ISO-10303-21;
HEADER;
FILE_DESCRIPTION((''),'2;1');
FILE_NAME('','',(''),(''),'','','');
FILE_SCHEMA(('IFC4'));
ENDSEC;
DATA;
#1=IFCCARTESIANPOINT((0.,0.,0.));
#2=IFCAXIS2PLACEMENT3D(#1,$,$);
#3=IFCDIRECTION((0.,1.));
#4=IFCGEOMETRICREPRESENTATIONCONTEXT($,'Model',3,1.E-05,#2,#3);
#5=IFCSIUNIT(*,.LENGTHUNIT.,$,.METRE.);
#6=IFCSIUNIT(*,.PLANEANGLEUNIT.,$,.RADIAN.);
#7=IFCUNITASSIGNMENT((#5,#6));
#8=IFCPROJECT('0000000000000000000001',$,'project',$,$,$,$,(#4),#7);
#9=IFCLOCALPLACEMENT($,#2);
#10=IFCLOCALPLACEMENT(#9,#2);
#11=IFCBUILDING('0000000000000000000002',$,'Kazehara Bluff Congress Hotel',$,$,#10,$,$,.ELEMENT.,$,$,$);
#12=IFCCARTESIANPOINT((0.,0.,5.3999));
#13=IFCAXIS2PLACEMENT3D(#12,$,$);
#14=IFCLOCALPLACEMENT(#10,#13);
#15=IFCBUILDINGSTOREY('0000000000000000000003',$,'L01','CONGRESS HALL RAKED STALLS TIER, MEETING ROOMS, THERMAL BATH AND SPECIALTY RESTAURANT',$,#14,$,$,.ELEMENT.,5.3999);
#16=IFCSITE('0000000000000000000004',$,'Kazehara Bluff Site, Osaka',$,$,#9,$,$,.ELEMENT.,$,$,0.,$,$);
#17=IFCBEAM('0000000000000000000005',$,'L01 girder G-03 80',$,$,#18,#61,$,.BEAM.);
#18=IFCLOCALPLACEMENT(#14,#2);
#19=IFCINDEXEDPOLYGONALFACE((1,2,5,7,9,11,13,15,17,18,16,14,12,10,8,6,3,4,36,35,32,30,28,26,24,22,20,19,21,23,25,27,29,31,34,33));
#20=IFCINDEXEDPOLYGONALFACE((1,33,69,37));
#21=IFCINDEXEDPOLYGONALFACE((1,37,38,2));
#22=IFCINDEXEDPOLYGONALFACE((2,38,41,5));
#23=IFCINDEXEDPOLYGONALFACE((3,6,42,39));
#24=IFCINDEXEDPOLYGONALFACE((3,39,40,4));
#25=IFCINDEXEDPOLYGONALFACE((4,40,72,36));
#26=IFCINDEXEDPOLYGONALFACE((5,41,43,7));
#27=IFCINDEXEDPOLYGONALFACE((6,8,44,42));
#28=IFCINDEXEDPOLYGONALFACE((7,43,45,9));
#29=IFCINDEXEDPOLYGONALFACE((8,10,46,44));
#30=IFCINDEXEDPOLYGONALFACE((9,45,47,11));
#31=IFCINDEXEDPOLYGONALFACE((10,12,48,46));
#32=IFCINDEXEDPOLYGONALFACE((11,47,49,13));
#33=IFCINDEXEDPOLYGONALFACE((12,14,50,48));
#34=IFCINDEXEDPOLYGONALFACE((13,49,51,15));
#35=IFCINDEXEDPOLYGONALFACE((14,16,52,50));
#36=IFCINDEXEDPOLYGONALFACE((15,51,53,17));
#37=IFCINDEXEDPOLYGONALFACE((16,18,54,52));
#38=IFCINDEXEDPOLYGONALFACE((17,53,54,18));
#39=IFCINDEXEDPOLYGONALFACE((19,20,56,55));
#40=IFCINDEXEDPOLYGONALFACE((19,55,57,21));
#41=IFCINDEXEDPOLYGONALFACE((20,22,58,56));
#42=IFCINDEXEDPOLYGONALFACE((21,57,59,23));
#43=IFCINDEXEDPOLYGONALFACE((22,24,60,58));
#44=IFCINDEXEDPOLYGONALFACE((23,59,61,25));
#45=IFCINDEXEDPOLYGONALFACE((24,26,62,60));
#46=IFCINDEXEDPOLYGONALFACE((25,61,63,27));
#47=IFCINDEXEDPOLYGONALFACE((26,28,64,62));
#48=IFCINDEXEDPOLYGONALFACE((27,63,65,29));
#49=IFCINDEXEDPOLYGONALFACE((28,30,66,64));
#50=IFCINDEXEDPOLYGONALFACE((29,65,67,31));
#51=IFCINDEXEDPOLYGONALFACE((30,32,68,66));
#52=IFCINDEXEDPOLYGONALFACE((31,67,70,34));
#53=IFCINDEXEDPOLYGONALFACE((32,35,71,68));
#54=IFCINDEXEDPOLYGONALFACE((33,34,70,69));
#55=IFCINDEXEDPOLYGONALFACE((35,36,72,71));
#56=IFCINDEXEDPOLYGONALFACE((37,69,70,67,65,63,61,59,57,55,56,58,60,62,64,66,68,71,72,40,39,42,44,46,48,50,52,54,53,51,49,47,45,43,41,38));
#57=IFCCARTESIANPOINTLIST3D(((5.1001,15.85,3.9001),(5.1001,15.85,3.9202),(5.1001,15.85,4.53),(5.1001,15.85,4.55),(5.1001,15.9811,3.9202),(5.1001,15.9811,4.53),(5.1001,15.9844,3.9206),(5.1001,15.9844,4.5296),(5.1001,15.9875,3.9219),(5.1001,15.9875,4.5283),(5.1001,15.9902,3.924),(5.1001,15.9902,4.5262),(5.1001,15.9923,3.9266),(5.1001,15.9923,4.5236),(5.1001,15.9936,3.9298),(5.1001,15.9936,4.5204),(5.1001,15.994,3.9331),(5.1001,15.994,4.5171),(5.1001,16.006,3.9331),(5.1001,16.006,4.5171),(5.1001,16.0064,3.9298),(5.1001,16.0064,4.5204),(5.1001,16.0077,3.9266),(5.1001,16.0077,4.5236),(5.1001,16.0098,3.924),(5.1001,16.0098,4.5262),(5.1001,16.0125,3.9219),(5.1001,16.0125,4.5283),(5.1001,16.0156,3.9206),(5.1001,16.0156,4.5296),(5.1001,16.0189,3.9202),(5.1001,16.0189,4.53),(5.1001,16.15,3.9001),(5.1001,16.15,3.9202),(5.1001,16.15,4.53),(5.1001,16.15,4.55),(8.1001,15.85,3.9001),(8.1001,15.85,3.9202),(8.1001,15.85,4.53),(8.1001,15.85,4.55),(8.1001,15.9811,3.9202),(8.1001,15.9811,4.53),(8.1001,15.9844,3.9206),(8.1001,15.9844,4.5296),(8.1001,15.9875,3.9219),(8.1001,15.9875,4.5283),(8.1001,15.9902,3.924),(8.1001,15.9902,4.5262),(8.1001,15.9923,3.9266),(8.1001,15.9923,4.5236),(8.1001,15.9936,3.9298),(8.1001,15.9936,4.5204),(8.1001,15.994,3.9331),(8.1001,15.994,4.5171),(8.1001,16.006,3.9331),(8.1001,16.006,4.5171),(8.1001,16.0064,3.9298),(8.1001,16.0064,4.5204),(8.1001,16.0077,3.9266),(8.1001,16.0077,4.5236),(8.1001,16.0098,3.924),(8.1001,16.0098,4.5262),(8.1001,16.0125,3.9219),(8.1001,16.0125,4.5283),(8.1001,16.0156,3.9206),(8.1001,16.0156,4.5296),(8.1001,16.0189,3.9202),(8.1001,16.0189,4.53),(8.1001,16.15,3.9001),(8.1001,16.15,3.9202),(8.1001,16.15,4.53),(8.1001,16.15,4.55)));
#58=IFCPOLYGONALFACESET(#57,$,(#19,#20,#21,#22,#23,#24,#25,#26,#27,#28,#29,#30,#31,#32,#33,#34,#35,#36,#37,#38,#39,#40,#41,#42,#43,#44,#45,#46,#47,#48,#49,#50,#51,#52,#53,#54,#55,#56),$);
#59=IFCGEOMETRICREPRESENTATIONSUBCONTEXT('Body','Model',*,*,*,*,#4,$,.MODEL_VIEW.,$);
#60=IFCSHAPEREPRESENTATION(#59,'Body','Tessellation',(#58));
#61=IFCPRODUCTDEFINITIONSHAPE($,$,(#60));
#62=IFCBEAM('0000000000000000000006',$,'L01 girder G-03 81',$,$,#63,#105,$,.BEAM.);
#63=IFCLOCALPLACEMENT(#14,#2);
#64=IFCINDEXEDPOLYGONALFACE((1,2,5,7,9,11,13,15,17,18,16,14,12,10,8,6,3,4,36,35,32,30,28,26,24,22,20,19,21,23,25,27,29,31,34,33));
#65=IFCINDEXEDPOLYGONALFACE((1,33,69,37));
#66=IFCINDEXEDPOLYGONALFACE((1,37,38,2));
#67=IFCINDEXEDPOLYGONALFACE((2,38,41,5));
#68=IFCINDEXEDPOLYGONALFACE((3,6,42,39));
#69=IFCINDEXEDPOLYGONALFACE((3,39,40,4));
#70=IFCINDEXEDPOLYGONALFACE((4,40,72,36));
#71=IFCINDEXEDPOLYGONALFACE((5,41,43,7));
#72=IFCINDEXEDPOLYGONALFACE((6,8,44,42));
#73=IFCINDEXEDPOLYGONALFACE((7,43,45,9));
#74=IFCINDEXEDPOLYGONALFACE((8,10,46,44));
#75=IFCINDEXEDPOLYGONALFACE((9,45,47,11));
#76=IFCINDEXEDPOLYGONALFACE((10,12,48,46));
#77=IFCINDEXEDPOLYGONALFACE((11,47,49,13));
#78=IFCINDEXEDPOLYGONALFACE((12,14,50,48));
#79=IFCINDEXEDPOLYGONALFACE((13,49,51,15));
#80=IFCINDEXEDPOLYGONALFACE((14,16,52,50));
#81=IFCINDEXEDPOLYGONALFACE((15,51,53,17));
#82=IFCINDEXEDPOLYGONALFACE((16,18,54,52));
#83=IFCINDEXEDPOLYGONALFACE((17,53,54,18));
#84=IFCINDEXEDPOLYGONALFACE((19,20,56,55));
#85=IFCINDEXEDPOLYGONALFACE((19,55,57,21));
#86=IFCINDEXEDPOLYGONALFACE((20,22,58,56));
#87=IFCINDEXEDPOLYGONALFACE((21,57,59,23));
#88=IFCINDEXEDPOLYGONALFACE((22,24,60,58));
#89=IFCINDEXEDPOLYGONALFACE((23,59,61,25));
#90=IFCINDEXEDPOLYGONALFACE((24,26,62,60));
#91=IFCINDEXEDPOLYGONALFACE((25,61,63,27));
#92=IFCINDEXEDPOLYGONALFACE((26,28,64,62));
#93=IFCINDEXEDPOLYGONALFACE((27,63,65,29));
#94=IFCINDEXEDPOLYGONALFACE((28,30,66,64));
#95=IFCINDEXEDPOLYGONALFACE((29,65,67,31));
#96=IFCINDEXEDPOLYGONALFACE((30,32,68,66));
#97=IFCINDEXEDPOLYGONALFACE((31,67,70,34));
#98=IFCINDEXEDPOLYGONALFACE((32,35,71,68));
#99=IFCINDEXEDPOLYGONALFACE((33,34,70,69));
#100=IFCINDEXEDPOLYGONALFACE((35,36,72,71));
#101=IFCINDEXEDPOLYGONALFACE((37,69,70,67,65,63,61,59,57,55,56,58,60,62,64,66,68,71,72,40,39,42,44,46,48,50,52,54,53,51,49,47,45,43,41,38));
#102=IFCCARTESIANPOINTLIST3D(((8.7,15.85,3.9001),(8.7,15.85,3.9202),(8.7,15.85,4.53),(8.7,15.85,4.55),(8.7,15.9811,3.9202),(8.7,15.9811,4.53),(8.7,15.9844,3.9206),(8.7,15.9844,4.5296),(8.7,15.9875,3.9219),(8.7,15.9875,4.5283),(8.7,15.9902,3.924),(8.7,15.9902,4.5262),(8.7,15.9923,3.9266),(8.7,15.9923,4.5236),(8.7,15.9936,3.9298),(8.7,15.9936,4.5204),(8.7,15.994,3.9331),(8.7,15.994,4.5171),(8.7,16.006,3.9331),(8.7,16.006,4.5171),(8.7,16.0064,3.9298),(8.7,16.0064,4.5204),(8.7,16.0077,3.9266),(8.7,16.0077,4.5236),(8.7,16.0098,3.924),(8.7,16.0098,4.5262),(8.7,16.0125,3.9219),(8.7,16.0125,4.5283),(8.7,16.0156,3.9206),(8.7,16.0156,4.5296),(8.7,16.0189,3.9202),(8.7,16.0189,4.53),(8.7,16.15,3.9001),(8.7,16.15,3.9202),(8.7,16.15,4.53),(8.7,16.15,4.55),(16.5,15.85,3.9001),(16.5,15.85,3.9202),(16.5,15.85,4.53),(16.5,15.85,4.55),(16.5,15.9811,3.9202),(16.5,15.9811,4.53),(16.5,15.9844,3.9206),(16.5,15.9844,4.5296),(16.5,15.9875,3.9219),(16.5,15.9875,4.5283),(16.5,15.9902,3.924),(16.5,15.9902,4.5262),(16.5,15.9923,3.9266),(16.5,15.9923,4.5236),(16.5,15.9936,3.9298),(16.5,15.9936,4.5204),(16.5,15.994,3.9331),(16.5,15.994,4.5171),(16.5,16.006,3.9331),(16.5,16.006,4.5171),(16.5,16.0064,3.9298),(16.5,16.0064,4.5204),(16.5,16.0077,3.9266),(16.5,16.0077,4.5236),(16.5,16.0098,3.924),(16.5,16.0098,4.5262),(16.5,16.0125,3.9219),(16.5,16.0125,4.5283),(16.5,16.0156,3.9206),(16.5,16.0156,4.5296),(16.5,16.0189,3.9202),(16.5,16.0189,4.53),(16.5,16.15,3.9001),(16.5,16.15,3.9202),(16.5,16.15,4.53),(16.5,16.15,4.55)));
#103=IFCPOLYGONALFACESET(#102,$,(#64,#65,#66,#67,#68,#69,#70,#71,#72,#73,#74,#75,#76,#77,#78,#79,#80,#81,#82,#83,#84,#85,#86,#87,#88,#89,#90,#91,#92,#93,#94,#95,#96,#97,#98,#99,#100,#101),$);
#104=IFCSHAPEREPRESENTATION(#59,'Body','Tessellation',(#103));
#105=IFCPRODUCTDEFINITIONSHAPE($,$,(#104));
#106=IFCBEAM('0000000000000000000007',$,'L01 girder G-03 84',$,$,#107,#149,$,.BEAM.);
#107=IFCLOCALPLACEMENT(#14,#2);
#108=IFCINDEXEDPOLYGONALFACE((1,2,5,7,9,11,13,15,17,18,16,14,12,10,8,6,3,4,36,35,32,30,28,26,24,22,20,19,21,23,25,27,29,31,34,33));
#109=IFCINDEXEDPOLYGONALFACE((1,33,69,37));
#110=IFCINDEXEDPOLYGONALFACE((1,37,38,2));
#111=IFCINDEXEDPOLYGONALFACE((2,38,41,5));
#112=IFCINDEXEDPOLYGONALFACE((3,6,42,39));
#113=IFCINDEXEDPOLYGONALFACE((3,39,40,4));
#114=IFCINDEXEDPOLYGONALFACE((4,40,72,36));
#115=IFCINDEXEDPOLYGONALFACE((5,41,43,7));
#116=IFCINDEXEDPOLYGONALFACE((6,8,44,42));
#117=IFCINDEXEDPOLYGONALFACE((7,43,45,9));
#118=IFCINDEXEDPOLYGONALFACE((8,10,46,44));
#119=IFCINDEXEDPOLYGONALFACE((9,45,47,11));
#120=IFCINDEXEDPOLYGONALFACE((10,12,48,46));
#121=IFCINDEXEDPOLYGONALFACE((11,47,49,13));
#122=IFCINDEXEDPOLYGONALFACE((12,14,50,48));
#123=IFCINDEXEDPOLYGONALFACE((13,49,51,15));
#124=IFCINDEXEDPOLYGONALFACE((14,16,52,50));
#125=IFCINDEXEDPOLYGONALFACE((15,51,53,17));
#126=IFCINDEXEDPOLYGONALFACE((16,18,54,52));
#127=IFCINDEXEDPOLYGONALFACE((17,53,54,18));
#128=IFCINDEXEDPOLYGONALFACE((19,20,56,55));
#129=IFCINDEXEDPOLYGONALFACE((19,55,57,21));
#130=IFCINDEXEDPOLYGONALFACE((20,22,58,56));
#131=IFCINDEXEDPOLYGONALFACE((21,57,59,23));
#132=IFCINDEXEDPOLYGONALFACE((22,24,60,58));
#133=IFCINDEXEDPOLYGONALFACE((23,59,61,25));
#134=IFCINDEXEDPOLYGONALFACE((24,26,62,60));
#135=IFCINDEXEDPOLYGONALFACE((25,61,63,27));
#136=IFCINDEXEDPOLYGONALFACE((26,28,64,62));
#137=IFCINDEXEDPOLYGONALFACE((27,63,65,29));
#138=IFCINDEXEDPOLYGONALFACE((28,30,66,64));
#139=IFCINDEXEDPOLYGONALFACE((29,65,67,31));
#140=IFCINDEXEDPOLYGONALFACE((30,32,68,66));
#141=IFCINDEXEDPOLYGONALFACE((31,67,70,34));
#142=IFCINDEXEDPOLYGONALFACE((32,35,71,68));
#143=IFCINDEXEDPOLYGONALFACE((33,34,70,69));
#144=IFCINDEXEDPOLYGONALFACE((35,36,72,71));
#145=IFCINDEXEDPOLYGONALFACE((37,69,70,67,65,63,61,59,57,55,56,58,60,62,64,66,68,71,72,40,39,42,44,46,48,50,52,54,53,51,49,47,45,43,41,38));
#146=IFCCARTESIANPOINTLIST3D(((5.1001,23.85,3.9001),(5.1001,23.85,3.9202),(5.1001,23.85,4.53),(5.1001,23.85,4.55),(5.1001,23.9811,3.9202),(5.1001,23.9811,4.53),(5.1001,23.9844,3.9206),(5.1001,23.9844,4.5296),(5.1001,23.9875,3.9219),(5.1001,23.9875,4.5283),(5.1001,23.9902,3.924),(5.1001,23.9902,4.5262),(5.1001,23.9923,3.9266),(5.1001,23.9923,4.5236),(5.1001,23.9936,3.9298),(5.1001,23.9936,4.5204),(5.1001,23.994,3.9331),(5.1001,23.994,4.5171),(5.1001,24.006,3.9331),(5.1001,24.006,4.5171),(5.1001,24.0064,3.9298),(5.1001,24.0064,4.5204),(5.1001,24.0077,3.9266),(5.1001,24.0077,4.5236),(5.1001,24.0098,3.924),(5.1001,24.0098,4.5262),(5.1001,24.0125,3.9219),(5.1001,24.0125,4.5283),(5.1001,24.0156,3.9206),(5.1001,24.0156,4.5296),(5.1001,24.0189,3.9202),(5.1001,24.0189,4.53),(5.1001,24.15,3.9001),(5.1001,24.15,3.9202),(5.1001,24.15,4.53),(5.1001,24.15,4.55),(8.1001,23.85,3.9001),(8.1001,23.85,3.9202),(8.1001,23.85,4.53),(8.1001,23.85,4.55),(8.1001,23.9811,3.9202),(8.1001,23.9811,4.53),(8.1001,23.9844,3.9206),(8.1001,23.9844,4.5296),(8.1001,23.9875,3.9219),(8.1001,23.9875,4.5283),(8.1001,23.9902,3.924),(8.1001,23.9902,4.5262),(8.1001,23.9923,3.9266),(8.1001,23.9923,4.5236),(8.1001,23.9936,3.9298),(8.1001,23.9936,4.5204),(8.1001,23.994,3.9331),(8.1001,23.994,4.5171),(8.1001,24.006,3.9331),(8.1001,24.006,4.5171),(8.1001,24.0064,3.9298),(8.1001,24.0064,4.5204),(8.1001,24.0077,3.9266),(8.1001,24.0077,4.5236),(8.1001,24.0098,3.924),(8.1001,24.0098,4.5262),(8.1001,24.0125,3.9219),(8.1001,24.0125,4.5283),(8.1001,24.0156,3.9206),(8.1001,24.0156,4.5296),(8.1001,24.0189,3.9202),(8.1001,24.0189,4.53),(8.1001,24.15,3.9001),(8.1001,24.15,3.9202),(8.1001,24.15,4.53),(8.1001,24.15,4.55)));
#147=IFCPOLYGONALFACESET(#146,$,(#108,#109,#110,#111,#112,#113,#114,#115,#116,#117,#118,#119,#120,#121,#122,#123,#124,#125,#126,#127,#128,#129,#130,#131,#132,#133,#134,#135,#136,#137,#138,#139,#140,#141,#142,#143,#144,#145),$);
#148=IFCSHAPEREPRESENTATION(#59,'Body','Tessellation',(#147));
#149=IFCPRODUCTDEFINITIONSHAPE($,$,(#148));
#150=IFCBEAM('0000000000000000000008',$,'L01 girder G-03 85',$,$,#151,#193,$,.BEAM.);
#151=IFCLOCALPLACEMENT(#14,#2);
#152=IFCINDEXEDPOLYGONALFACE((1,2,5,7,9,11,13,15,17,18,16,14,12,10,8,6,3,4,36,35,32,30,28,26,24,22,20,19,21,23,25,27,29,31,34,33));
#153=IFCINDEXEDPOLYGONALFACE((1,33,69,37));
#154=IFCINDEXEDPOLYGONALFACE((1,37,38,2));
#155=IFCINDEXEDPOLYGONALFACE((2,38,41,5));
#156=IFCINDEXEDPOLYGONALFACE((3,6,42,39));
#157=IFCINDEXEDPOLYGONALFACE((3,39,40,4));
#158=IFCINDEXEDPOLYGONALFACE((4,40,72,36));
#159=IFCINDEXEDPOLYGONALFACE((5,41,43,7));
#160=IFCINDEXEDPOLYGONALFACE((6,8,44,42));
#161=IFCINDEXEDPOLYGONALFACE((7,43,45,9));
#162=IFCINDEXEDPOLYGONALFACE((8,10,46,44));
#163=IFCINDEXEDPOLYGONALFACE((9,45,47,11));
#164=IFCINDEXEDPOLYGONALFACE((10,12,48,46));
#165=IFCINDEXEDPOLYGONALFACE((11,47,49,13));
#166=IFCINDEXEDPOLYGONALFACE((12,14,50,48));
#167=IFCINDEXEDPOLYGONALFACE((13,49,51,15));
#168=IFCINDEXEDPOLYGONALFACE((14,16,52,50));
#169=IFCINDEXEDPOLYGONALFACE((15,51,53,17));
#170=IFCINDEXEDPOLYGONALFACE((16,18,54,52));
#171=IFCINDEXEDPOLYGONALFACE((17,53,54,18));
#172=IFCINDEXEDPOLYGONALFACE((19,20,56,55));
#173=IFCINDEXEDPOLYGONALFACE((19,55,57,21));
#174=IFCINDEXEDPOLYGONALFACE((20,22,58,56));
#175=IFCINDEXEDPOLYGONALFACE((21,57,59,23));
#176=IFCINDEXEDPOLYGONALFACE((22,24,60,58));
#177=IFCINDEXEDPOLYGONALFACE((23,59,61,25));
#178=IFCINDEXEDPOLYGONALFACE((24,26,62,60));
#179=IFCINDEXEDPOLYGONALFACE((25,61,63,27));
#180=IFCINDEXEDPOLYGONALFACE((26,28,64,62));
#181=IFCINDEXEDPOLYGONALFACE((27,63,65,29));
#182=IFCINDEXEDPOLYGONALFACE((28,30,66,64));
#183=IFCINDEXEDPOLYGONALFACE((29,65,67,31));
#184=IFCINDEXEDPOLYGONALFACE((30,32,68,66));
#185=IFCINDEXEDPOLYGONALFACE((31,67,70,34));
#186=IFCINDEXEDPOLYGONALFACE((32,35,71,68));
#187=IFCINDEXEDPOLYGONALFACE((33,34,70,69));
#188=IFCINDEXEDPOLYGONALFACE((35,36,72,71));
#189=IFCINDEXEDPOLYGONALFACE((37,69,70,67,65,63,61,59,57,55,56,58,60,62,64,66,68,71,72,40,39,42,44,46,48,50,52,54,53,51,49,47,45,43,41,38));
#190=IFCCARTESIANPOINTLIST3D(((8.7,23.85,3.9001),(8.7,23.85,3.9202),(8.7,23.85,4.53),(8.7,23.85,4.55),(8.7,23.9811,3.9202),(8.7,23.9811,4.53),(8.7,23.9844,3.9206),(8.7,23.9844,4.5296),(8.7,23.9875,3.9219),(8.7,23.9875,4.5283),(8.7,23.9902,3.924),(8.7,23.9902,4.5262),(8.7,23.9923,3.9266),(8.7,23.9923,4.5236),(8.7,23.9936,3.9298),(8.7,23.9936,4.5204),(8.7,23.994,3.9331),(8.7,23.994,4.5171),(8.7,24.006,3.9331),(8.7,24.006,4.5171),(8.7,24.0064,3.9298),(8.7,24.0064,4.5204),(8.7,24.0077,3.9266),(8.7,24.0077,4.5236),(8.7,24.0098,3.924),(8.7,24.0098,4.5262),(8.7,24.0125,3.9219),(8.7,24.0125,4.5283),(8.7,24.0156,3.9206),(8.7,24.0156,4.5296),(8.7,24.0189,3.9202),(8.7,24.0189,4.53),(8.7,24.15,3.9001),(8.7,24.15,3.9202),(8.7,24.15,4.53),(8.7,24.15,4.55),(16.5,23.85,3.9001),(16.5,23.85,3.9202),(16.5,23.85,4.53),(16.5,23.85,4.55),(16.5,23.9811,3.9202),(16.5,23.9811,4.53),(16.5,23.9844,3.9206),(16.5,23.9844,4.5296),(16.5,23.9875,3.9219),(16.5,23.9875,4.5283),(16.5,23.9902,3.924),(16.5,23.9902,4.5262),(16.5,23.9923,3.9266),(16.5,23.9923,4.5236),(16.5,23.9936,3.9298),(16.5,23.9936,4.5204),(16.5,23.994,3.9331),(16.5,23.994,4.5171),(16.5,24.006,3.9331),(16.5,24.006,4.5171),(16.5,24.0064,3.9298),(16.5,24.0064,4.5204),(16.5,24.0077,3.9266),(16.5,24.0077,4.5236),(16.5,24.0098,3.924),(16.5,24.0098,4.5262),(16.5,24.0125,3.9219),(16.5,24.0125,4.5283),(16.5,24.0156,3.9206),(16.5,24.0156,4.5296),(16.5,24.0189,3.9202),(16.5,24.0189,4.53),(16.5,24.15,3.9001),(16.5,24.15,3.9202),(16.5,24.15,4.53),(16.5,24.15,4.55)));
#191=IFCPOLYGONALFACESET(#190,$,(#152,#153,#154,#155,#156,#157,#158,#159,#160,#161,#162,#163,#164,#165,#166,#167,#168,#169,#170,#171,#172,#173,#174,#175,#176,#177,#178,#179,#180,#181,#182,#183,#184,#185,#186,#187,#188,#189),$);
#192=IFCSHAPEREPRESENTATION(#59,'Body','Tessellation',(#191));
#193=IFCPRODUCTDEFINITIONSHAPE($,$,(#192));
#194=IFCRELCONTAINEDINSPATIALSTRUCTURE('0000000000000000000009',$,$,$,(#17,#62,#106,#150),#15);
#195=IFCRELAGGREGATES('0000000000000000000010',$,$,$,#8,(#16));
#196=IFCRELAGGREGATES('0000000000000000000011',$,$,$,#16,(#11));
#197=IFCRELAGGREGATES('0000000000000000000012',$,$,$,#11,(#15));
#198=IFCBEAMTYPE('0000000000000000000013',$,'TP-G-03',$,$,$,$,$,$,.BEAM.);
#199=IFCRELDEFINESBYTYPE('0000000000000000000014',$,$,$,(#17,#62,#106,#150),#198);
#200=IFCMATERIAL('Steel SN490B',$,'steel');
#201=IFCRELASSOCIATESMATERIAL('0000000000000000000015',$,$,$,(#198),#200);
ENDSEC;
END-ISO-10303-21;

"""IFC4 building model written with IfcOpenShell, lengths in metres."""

from ifc_helpers import new_model, si_unit, direction, frame, origin, origin_2d, place, context, subcontext, project, spatial, i_section, extrude, material, material_profile, profile_set, type_object, element, save


model = new_model("IFC4")

# Units and contexts
model_context = context("Model", 3, precision=1e-05, world=origin(), true_north=direction((0.0, 1.0)))
body_context = subcontext(model_context, "Body", "Model", "MODEL_VIEW")
ifc_project = project(units=[si_unit("LENGTHUNIT", "METRE"), si_unit("PLANEANGLEUNIT", "RADIAN")], contexts=[model_context])

# Site, building, storey
site_placement = place(None, origin())
site = spatial("IfcSite", under=ifc_project, at=site_placement, Name="Kazehara Bluff Site, Osaka", CompositionType="ELEMENT", RefElevation=0.0)
building_placement = place(site_placement, origin())
building = spatial("IfcBuilding", under=site, at=building_placement, Name="Kazehara Bluff Congress Hotel", CompositionType="ELEMENT")
storey_placement = place(building_placement, frame((0.0, 0.0, 5.3999)))
storey = spatial("IfcBuildingStorey", under=building, at=storey_placement, Name="L01", Description="CONGRESS HALL RAKED STALLS TIER, MEETING ROOMS, THERMAL BATH AND SPECIALTY RESTAURANT", CompositionType="ELEMENT", Elevation=5.3999)

# Beams
ifc_material_1 = material(Name="Steel SN490B", Category="steel")
ifc_material_profile_1 = material_profile(ifc_material_1, i_section(OverallWidth=0.3, OverallDepth=0.6499, WebThickness=0.012, FlangeThickness=0.02, FilletRadius=0.0129, at=origin_2d()))
ifc_profile_set_1 = profile_set([ifc_material_profile_1], Name="Steel SN490B")
beam_type_1 = type_object("IfcBeamType", Name="TP-G-03", PredefinedType="BEAM", material=ifc_profile_set_1)
beam_1_placement = place(storey_placement, frame((5.1001, 16.0, 4.2251), z_axis=(1.0, 0.0, 0.0), x_axis=(0.0, 1.0, 0.0)))
element("IfcBeam", 1, at=beam_1_placement, inside=storey, type_object=beam_type_1, Name="L01 girder G-03 80", PredefinedType="BEAM", context=body_context, shape_type="SweptSolid", body=[
    extrude(i_section(OverallWidth=0.3, OverallDepth=0.6499, WebThickness=0.012, FlangeThickness=0.02, FilletRadius=0.0129, at=origin_2d()), origin(), (0.0, 0.0, 1.0), 3.0),
])
beam_2_placement = place(storey_placement, frame((8.7, 16.0, 4.2251), z_axis=(1.0, 0.0, 0.0), x_axis=(0.0, 1.0, 0.0)))
element("IfcBeam", 2, at=beam_2_placement, inside=storey, type_object=beam_type_1, Name="L01 girder G-03 81", PredefinedType="BEAM", context=body_context, shape_type="SweptSolid", body=[
    extrude(i_section(OverallWidth=0.3, OverallDepth=0.6499, WebThickness=0.012, FlangeThickness=0.02, FilletRadius=0.0129, at=origin_2d()), origin(), (0.0, 0.0, 1.0), 7.8),
])
beam_3_placement = place(storey_placement, frame((5.1001, 24.0, 4.2251), z_axis=(1.0, 0.0, 0.0), x_axis=(0.0, 1.0, 0.0)))
element("IfcBeam", 3, at=beam_3_placement, inside=storey, type_object=beam_type_1, Name="L01 girder G-03 84", PredefinedType="BEAM", context=body_context, shape_type="SweptSolid", body=[
    extrude(i_section(OverallWidth=0.3, OverallDepth=0.6499, WebThickness=0.012, FlangeThickness=0.02, FilletRadius=0.0129, at=origin_2d()), origin(), (0.0, 0.0, 1.0), 3.0),
])
beam_4_placement = place(storey_placement, frame((8.7, 24.0, 4.2251), z_axis=(1.0, 0.0, 0.0), x_axis=(0.0, 1.0, 0.0)))
element("IfcBeam", 4, at=beam_4_placement, inside=storey, type_object=beam_type_1, Name="L01 girder G-03 85", PredefinedType="BEAM", context=body_context, shape_type="SweptSolid", body=[
    extrude(i_section(OverallWidth=0.3, OverallDepth=0.6499, WebThickness=0.012, FlangeThickness=0.02, FilletRadius=0.0129, at=origin_2d()), origin(), (0.0, 0.0, 1.0), 7.8),
])

save(model, "model.ifc")
